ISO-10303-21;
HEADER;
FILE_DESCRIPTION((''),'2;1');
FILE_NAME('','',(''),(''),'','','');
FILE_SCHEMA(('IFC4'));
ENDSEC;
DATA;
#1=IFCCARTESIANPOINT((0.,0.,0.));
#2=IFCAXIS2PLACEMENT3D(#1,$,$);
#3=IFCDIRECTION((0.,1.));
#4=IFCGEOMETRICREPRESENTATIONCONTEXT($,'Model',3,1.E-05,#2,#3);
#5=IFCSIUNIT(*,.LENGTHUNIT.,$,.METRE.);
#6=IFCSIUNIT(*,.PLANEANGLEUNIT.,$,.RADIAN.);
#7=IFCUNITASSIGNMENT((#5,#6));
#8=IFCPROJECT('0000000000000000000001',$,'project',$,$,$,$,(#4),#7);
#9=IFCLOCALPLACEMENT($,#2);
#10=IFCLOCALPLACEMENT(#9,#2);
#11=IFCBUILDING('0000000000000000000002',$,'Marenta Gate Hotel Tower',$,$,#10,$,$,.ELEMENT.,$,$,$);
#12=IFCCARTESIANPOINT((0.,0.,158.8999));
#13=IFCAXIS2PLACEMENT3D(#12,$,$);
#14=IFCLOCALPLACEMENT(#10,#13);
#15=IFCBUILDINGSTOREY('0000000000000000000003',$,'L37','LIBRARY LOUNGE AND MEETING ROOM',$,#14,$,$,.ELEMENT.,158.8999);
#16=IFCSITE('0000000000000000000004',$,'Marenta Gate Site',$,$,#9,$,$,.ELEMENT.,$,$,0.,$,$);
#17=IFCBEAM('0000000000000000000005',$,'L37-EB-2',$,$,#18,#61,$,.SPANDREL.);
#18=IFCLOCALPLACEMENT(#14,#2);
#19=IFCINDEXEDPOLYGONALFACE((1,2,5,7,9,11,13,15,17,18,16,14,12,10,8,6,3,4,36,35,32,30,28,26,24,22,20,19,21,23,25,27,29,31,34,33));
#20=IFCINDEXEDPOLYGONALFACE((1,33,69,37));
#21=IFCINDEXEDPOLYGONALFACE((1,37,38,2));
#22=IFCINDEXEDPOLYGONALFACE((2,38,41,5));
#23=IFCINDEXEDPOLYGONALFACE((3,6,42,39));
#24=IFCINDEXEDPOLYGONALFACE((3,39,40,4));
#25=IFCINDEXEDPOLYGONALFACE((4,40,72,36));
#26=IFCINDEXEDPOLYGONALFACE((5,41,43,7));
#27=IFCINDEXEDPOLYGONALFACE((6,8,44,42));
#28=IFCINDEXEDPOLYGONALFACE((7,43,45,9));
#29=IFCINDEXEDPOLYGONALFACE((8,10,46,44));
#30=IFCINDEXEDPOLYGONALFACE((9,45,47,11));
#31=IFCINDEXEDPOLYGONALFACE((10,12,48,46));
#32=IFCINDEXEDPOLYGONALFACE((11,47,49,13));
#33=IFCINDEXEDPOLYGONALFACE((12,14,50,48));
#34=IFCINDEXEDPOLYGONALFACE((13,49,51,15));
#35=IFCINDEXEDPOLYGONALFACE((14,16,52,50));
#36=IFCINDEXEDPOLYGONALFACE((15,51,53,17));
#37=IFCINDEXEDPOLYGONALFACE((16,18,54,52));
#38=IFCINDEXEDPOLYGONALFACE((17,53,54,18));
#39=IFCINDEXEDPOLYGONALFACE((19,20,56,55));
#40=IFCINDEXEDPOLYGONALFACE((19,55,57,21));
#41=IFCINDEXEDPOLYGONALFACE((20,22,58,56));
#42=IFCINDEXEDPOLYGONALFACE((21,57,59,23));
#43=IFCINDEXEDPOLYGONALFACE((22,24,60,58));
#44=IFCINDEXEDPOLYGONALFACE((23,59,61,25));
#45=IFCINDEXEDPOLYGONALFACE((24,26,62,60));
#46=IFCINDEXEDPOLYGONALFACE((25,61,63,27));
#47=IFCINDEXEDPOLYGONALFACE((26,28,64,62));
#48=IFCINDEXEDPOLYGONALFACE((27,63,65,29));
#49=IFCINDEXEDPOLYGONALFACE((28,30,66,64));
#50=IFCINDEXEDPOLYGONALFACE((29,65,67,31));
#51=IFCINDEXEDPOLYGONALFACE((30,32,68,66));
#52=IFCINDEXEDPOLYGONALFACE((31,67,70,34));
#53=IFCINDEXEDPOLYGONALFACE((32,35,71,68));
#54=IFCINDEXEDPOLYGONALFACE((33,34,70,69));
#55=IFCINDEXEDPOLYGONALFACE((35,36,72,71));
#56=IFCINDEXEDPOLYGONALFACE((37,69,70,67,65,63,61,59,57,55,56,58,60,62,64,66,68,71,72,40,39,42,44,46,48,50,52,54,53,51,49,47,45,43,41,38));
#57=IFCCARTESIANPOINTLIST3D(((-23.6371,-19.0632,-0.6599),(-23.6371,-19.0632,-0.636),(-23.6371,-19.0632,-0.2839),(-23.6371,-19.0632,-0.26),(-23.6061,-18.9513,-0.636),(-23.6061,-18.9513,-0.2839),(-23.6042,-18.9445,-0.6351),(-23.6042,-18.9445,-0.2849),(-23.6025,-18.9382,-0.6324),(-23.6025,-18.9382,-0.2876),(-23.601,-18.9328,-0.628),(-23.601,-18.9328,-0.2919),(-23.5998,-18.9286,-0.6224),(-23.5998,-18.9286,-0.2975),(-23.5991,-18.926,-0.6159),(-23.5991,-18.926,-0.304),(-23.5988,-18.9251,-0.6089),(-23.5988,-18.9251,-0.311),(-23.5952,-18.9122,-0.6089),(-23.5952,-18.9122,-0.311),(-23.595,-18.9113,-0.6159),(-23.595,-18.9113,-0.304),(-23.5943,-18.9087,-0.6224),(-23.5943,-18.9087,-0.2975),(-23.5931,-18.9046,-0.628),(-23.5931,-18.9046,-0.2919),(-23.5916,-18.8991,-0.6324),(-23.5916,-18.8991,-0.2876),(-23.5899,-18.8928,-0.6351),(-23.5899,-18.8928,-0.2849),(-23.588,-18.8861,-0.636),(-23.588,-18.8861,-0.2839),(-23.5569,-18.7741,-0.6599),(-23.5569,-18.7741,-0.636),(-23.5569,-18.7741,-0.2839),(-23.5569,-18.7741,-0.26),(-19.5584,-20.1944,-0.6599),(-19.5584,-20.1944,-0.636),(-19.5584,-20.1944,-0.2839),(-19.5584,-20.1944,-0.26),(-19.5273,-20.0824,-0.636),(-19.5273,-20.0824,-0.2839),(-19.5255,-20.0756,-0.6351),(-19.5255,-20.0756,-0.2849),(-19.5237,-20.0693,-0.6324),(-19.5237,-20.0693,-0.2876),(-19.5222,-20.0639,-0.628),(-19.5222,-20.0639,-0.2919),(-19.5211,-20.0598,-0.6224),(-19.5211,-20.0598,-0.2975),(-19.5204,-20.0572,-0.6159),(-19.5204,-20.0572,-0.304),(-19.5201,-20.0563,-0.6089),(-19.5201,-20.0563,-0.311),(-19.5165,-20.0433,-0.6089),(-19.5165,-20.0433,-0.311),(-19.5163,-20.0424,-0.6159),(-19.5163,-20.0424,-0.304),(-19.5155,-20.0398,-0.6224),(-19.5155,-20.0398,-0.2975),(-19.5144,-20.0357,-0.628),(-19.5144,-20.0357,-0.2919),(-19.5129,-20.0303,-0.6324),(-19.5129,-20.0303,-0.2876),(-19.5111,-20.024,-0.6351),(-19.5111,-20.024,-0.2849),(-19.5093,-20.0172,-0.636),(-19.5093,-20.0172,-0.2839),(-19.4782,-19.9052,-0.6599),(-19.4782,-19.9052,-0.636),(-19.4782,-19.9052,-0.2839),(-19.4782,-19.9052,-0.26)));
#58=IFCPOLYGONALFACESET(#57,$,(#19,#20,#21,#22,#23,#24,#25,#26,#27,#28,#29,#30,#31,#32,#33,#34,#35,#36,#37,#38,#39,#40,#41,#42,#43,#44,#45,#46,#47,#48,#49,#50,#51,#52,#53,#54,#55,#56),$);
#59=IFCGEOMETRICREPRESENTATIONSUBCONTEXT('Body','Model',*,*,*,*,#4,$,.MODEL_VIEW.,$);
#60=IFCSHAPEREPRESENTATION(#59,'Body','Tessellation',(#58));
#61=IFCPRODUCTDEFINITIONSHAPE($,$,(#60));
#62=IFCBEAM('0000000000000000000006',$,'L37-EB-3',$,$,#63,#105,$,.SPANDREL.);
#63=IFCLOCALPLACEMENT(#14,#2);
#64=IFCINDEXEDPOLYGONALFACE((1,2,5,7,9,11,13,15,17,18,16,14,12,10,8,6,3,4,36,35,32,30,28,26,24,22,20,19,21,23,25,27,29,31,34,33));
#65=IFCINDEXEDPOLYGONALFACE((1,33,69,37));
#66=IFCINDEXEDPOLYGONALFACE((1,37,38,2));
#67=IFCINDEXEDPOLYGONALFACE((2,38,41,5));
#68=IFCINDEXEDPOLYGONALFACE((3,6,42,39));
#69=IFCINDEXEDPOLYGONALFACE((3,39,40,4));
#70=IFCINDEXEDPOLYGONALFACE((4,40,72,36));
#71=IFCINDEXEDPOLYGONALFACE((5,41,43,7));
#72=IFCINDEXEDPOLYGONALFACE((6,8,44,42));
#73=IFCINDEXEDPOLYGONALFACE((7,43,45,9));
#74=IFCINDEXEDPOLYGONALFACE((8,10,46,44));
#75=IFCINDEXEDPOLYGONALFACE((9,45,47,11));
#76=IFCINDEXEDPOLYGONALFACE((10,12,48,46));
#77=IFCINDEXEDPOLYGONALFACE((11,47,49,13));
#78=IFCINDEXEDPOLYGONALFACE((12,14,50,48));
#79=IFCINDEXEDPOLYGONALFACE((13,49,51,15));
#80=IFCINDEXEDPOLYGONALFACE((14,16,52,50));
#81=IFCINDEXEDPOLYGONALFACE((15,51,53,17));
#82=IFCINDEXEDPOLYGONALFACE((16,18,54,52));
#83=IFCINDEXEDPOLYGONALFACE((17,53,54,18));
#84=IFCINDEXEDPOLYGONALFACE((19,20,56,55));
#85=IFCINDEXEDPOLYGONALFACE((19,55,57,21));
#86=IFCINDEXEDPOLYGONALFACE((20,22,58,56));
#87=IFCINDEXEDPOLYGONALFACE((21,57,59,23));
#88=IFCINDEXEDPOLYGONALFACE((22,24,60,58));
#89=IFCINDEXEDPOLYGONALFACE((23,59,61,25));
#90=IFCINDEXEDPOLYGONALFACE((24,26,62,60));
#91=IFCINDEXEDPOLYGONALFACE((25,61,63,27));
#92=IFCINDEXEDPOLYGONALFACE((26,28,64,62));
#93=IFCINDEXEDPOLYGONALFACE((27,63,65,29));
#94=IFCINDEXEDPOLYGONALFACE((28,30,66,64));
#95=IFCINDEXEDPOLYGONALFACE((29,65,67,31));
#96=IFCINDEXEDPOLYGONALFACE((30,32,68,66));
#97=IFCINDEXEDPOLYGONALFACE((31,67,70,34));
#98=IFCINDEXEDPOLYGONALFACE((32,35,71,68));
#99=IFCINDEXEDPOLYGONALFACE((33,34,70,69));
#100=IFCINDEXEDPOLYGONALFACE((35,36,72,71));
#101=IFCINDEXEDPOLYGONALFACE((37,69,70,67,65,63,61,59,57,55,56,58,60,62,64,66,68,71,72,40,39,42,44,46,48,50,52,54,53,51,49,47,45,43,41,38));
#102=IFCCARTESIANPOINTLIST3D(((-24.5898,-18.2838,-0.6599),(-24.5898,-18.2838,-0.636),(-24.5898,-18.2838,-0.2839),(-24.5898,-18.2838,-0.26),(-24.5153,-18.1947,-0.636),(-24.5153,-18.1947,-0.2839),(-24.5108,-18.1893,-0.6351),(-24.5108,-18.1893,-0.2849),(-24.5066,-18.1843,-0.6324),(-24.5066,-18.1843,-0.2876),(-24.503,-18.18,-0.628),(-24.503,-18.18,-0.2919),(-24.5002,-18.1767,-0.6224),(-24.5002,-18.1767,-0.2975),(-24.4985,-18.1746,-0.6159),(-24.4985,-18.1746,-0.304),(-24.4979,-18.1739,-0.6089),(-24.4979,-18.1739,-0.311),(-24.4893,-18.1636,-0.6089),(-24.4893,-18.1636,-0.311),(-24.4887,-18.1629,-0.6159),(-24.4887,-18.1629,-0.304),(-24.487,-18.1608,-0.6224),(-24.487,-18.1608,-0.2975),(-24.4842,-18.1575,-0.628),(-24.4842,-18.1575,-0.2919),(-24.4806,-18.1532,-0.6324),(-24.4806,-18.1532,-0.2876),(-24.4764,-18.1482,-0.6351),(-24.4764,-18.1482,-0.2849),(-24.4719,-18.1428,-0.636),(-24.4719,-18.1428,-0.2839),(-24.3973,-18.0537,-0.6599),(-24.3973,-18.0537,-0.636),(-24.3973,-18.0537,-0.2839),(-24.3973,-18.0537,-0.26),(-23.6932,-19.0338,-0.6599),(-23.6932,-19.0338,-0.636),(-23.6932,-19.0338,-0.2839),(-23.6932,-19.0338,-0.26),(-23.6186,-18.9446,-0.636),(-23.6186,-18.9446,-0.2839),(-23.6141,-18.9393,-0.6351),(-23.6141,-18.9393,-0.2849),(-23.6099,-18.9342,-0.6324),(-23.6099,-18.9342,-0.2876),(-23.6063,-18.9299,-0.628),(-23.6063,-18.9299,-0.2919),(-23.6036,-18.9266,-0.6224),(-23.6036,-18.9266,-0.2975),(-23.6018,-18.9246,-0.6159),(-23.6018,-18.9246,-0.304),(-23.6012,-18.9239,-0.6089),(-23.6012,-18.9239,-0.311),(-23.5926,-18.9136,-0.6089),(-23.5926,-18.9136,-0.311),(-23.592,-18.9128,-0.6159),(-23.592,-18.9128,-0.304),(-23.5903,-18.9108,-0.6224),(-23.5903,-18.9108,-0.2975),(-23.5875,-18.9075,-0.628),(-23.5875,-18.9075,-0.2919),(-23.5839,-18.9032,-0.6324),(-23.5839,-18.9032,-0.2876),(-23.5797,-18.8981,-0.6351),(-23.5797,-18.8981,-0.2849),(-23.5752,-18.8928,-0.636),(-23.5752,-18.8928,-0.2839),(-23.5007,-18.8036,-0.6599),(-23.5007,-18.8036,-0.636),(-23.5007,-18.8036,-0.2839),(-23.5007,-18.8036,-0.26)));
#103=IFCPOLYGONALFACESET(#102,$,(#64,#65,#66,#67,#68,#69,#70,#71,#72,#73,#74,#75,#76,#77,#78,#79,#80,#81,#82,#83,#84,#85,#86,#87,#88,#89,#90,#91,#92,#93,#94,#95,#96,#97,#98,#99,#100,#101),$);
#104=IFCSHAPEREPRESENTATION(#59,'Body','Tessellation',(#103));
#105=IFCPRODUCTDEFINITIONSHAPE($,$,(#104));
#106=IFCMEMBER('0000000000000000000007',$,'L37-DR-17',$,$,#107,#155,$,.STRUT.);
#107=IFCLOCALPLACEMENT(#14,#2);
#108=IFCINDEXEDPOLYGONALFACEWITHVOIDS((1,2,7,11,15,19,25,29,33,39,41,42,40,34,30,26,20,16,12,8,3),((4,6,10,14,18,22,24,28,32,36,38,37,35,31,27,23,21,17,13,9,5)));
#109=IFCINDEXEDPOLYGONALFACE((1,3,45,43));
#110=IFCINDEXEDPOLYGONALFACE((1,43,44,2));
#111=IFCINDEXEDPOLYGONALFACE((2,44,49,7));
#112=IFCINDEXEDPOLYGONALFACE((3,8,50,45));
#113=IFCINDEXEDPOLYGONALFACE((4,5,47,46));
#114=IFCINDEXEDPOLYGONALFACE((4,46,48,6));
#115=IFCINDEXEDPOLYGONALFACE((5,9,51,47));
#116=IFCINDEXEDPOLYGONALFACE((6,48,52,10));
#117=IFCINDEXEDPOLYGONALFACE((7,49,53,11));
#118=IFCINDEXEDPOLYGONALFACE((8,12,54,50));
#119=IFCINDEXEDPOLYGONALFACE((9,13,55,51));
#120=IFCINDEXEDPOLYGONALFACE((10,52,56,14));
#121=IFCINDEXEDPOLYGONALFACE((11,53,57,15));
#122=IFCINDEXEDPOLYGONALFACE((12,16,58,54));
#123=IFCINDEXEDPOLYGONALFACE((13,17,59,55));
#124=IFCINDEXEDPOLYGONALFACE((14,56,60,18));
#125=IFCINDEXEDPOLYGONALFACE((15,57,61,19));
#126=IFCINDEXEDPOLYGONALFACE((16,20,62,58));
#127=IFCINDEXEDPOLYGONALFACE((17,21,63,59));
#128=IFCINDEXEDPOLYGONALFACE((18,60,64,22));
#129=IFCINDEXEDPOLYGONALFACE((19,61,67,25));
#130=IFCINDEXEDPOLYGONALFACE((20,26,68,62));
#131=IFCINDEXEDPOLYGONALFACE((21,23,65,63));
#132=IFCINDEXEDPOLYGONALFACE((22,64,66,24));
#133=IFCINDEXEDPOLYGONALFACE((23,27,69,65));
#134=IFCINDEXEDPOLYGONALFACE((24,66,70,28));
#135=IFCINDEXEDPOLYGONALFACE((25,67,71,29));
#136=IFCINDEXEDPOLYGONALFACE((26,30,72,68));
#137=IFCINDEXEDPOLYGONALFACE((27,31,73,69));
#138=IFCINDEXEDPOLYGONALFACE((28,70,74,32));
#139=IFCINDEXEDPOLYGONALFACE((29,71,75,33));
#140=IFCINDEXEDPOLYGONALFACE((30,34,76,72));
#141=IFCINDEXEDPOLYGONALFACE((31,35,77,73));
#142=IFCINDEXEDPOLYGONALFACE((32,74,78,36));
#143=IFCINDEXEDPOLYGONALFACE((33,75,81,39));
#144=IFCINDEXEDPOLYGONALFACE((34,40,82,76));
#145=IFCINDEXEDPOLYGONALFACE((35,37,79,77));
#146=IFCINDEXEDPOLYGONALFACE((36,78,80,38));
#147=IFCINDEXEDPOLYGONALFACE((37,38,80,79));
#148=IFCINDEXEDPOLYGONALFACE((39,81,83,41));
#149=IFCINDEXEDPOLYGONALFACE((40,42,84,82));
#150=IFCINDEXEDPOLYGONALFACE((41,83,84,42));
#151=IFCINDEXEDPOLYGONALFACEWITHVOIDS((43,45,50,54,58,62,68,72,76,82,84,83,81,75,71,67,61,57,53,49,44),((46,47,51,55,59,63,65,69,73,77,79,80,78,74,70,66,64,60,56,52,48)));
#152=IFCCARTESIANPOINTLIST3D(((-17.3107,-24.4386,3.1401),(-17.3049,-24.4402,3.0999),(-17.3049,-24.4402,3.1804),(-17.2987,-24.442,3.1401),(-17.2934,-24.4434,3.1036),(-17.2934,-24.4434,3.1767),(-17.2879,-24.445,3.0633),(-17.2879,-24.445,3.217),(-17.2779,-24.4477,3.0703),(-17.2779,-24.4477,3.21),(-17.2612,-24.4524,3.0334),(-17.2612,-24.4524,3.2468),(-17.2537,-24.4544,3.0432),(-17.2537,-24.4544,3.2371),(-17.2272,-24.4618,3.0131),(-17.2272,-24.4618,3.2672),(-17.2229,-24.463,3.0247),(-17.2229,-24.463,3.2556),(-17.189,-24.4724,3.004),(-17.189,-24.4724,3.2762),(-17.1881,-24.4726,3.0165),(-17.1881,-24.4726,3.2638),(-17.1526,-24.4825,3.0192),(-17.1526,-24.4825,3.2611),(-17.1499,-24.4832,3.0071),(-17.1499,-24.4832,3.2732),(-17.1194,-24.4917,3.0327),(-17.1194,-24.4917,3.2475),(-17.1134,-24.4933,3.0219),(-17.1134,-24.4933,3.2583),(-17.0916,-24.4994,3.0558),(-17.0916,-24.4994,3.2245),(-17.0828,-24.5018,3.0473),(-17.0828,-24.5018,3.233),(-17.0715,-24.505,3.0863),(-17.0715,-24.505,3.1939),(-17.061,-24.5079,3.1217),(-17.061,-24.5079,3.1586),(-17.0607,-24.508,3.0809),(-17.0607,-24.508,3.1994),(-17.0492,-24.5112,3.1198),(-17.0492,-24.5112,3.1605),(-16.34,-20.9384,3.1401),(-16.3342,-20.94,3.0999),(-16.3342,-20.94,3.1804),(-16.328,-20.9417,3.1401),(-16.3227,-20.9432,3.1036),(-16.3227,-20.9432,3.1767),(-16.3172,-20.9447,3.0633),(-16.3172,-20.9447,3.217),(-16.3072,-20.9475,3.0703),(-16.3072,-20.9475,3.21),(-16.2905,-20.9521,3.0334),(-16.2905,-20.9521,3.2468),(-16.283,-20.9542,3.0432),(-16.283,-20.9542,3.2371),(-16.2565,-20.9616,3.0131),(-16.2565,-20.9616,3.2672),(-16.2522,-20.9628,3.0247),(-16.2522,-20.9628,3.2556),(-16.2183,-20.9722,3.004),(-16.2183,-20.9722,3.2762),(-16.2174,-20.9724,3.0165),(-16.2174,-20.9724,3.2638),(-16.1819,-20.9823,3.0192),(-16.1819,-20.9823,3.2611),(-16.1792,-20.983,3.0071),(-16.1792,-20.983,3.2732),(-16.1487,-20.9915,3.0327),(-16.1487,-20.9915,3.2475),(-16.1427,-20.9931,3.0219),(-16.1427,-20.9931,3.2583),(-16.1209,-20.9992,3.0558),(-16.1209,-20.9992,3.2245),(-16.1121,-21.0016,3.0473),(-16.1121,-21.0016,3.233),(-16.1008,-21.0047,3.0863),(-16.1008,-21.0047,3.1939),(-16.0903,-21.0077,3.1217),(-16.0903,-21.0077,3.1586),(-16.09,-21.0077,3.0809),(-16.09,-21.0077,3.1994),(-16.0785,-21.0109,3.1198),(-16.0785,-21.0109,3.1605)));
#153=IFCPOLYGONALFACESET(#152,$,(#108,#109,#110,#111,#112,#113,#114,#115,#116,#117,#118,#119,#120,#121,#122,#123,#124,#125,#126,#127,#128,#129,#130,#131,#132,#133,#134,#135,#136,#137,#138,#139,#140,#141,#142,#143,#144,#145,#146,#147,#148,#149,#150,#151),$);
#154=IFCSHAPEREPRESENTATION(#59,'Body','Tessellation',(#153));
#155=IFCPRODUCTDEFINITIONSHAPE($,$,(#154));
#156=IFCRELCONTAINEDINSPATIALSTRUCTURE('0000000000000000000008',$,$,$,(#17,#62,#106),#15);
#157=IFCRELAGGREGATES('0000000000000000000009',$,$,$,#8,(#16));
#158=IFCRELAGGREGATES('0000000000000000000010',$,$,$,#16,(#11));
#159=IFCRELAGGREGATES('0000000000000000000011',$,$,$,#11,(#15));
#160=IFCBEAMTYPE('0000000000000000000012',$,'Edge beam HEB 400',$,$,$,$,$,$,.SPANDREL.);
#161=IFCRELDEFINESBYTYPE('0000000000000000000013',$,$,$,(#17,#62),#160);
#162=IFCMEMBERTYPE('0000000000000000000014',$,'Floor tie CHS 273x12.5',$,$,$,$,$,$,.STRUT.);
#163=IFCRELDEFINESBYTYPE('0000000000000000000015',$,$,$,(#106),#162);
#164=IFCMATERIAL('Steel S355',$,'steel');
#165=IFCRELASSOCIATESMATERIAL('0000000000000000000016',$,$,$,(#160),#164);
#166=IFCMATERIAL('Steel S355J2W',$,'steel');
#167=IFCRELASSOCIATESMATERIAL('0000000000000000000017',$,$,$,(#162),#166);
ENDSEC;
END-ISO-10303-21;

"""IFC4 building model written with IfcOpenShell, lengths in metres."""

from ifc_helpers import new_model, si_unit, direction, frame, origin, origin_2d, place, context, subcontext, project, spatial, hollow_circle, i_section, extrude, material, material_profile, profile_set, type_object, element, save


model = new_model("IFC4")

# Units and contexts
model_context = context("Model", 3, precision=1e-05, world=origin(), true_north=direction((0.0, 1.0)))
body_context = subcontext(model_context, "Body", "Model", "MODEL_VIEW")
ifc_project = project(units=[si_unit("LENGTHUNIT", "METRE"), si_unit("PLANEANGLEUNIT", "RADIAN")], contexts=[model_context])

# Site, building, storey
site_placement = place(None, origin())
site = spatial("IfcSite", under=ifc_project, at=site_placement, Name="Marenta Gate Site", CompositionType="ELEMENT", RefElevation=0.0)
building_placement = place(site_placement, origin())
building = spatial("IfcBuilding", under=site, at=building_placement, Name="Marenta Gate Hotel Tower", CompositionType="ELEMENT")
storey_placement = place(building_placement, frame((0.0, 0.0, 158.8999)))
storey = spatial("IfcBuildingStorey", under=building, at=storey_placement, Name="L37", Description="LIBRARY LOUNGE AND MEETING ROOM", CompositionType="ELEMENT", Elevation=158.8999)

# Beams
ifc_material_1 = material(Name="Steel S355", Category="steel")
ifc_material_profile_1 = material_profile(ifc_material_1, i_section(OverallWidth=0.3, OverallDepth=0.3999, WebThickness=0.0134, FlangeThickness=0.0239, FilletRadius=0.0271, at=origin_2d()), Name="HEB 400")
ifc_profile_set_1 = profile_set([ifc_material_profile_1], Name="Steel S355")
beam_type_1 = type_object("IfcBeamType", Name="Edge beam HEB 400", PredefinedType="SPANDREL", material=ifc_profile_set_1)
beam_1_placement = place(storey_placement, frame((-19.5183, -20.0498, -0.46), z_axis=(-0.96363, 0.267239, 0.0), x_axis=(-0.267239, -0.96363, 0.0)))
element("IfcBeam", 1, at=beam_1_placement, inside=storey, type_object=beam_type_1, Name="L37-EB-2", PredefinedType="SPANDREL", context=body_context, shape_type="SweptSolid", body=[
    extrude(i_section(OverallWidth=0.3, OverallDepth=0.3999, WebThickness=0.0134, FlangeThickness=0.0239, FilletRadius=0.0271, at=origin_2d()), origin(), (0.0, 0.0, 1.0), 4.2327),
])
beam_2_placement = place(storey_placement, frame((-23.5969, -18.9187, -0.46), z_axis=(-0.767073, 0.64156, 0.0), x_axis=(-0.64156, -0.767073, 0.0)))
element("IfcBeam", 2, at=beam_2_placement, inside=storey, type_object=beam_type_1, Name="L37-EB-3", PredefinedType="SPANDREL", context=body_context, shape_type="SweptSolid", body=[
    extrude(i_section(OverallWidth=0.3, OverallDepth=0.3999, WebThickness=0.0134, FlangeThickness=0.0239, FilletRadius=0.0271, at=origin_2d()), origin(), (0.0, 0.0, 1.0), 1.1689),
])

# Member
ifc_material_2 = material(Name="Steel S355J2W", Category="steel")
ifc_material_profile_2 = material_profile(ifc_material_2, hollow_circle(Radius=0.1365, WallThickness=0.0125, at=origin_2d()), Name="CHS 273x12.5")
ifc_profile_set_2 = profile_set([ifc_material_profile_2], Name="Steel S355J2W")
member_type_1 = type_object("IfcMemberType", Name="Floor tie CHS 273x12.5", PredefinedType="STRUT", material=ifc_profile_set_2)
member_1_placement = place(storey_placement, frame((-17.1792, -24.4751, 3.1401), z_axis=(0.267238, 0.96363, 0.0), x_axis=(-0.96363, 0.267238, 0.0)))
element("IfcMember", 3, at=member_1_placement, inside=storey, type_object=member_type_1, Name="L37-DR-17", PredefinedType="STRUT", context=body_context, shape_type="SweptSolid", body=[
    extrude(hollow_circle(Radius=0.1365, WallThickness=0.0125, at=origin_2d()), origin(), (0.0, 0.0, 1.0), 3.6323),
])

save(model, "model.ifc")
